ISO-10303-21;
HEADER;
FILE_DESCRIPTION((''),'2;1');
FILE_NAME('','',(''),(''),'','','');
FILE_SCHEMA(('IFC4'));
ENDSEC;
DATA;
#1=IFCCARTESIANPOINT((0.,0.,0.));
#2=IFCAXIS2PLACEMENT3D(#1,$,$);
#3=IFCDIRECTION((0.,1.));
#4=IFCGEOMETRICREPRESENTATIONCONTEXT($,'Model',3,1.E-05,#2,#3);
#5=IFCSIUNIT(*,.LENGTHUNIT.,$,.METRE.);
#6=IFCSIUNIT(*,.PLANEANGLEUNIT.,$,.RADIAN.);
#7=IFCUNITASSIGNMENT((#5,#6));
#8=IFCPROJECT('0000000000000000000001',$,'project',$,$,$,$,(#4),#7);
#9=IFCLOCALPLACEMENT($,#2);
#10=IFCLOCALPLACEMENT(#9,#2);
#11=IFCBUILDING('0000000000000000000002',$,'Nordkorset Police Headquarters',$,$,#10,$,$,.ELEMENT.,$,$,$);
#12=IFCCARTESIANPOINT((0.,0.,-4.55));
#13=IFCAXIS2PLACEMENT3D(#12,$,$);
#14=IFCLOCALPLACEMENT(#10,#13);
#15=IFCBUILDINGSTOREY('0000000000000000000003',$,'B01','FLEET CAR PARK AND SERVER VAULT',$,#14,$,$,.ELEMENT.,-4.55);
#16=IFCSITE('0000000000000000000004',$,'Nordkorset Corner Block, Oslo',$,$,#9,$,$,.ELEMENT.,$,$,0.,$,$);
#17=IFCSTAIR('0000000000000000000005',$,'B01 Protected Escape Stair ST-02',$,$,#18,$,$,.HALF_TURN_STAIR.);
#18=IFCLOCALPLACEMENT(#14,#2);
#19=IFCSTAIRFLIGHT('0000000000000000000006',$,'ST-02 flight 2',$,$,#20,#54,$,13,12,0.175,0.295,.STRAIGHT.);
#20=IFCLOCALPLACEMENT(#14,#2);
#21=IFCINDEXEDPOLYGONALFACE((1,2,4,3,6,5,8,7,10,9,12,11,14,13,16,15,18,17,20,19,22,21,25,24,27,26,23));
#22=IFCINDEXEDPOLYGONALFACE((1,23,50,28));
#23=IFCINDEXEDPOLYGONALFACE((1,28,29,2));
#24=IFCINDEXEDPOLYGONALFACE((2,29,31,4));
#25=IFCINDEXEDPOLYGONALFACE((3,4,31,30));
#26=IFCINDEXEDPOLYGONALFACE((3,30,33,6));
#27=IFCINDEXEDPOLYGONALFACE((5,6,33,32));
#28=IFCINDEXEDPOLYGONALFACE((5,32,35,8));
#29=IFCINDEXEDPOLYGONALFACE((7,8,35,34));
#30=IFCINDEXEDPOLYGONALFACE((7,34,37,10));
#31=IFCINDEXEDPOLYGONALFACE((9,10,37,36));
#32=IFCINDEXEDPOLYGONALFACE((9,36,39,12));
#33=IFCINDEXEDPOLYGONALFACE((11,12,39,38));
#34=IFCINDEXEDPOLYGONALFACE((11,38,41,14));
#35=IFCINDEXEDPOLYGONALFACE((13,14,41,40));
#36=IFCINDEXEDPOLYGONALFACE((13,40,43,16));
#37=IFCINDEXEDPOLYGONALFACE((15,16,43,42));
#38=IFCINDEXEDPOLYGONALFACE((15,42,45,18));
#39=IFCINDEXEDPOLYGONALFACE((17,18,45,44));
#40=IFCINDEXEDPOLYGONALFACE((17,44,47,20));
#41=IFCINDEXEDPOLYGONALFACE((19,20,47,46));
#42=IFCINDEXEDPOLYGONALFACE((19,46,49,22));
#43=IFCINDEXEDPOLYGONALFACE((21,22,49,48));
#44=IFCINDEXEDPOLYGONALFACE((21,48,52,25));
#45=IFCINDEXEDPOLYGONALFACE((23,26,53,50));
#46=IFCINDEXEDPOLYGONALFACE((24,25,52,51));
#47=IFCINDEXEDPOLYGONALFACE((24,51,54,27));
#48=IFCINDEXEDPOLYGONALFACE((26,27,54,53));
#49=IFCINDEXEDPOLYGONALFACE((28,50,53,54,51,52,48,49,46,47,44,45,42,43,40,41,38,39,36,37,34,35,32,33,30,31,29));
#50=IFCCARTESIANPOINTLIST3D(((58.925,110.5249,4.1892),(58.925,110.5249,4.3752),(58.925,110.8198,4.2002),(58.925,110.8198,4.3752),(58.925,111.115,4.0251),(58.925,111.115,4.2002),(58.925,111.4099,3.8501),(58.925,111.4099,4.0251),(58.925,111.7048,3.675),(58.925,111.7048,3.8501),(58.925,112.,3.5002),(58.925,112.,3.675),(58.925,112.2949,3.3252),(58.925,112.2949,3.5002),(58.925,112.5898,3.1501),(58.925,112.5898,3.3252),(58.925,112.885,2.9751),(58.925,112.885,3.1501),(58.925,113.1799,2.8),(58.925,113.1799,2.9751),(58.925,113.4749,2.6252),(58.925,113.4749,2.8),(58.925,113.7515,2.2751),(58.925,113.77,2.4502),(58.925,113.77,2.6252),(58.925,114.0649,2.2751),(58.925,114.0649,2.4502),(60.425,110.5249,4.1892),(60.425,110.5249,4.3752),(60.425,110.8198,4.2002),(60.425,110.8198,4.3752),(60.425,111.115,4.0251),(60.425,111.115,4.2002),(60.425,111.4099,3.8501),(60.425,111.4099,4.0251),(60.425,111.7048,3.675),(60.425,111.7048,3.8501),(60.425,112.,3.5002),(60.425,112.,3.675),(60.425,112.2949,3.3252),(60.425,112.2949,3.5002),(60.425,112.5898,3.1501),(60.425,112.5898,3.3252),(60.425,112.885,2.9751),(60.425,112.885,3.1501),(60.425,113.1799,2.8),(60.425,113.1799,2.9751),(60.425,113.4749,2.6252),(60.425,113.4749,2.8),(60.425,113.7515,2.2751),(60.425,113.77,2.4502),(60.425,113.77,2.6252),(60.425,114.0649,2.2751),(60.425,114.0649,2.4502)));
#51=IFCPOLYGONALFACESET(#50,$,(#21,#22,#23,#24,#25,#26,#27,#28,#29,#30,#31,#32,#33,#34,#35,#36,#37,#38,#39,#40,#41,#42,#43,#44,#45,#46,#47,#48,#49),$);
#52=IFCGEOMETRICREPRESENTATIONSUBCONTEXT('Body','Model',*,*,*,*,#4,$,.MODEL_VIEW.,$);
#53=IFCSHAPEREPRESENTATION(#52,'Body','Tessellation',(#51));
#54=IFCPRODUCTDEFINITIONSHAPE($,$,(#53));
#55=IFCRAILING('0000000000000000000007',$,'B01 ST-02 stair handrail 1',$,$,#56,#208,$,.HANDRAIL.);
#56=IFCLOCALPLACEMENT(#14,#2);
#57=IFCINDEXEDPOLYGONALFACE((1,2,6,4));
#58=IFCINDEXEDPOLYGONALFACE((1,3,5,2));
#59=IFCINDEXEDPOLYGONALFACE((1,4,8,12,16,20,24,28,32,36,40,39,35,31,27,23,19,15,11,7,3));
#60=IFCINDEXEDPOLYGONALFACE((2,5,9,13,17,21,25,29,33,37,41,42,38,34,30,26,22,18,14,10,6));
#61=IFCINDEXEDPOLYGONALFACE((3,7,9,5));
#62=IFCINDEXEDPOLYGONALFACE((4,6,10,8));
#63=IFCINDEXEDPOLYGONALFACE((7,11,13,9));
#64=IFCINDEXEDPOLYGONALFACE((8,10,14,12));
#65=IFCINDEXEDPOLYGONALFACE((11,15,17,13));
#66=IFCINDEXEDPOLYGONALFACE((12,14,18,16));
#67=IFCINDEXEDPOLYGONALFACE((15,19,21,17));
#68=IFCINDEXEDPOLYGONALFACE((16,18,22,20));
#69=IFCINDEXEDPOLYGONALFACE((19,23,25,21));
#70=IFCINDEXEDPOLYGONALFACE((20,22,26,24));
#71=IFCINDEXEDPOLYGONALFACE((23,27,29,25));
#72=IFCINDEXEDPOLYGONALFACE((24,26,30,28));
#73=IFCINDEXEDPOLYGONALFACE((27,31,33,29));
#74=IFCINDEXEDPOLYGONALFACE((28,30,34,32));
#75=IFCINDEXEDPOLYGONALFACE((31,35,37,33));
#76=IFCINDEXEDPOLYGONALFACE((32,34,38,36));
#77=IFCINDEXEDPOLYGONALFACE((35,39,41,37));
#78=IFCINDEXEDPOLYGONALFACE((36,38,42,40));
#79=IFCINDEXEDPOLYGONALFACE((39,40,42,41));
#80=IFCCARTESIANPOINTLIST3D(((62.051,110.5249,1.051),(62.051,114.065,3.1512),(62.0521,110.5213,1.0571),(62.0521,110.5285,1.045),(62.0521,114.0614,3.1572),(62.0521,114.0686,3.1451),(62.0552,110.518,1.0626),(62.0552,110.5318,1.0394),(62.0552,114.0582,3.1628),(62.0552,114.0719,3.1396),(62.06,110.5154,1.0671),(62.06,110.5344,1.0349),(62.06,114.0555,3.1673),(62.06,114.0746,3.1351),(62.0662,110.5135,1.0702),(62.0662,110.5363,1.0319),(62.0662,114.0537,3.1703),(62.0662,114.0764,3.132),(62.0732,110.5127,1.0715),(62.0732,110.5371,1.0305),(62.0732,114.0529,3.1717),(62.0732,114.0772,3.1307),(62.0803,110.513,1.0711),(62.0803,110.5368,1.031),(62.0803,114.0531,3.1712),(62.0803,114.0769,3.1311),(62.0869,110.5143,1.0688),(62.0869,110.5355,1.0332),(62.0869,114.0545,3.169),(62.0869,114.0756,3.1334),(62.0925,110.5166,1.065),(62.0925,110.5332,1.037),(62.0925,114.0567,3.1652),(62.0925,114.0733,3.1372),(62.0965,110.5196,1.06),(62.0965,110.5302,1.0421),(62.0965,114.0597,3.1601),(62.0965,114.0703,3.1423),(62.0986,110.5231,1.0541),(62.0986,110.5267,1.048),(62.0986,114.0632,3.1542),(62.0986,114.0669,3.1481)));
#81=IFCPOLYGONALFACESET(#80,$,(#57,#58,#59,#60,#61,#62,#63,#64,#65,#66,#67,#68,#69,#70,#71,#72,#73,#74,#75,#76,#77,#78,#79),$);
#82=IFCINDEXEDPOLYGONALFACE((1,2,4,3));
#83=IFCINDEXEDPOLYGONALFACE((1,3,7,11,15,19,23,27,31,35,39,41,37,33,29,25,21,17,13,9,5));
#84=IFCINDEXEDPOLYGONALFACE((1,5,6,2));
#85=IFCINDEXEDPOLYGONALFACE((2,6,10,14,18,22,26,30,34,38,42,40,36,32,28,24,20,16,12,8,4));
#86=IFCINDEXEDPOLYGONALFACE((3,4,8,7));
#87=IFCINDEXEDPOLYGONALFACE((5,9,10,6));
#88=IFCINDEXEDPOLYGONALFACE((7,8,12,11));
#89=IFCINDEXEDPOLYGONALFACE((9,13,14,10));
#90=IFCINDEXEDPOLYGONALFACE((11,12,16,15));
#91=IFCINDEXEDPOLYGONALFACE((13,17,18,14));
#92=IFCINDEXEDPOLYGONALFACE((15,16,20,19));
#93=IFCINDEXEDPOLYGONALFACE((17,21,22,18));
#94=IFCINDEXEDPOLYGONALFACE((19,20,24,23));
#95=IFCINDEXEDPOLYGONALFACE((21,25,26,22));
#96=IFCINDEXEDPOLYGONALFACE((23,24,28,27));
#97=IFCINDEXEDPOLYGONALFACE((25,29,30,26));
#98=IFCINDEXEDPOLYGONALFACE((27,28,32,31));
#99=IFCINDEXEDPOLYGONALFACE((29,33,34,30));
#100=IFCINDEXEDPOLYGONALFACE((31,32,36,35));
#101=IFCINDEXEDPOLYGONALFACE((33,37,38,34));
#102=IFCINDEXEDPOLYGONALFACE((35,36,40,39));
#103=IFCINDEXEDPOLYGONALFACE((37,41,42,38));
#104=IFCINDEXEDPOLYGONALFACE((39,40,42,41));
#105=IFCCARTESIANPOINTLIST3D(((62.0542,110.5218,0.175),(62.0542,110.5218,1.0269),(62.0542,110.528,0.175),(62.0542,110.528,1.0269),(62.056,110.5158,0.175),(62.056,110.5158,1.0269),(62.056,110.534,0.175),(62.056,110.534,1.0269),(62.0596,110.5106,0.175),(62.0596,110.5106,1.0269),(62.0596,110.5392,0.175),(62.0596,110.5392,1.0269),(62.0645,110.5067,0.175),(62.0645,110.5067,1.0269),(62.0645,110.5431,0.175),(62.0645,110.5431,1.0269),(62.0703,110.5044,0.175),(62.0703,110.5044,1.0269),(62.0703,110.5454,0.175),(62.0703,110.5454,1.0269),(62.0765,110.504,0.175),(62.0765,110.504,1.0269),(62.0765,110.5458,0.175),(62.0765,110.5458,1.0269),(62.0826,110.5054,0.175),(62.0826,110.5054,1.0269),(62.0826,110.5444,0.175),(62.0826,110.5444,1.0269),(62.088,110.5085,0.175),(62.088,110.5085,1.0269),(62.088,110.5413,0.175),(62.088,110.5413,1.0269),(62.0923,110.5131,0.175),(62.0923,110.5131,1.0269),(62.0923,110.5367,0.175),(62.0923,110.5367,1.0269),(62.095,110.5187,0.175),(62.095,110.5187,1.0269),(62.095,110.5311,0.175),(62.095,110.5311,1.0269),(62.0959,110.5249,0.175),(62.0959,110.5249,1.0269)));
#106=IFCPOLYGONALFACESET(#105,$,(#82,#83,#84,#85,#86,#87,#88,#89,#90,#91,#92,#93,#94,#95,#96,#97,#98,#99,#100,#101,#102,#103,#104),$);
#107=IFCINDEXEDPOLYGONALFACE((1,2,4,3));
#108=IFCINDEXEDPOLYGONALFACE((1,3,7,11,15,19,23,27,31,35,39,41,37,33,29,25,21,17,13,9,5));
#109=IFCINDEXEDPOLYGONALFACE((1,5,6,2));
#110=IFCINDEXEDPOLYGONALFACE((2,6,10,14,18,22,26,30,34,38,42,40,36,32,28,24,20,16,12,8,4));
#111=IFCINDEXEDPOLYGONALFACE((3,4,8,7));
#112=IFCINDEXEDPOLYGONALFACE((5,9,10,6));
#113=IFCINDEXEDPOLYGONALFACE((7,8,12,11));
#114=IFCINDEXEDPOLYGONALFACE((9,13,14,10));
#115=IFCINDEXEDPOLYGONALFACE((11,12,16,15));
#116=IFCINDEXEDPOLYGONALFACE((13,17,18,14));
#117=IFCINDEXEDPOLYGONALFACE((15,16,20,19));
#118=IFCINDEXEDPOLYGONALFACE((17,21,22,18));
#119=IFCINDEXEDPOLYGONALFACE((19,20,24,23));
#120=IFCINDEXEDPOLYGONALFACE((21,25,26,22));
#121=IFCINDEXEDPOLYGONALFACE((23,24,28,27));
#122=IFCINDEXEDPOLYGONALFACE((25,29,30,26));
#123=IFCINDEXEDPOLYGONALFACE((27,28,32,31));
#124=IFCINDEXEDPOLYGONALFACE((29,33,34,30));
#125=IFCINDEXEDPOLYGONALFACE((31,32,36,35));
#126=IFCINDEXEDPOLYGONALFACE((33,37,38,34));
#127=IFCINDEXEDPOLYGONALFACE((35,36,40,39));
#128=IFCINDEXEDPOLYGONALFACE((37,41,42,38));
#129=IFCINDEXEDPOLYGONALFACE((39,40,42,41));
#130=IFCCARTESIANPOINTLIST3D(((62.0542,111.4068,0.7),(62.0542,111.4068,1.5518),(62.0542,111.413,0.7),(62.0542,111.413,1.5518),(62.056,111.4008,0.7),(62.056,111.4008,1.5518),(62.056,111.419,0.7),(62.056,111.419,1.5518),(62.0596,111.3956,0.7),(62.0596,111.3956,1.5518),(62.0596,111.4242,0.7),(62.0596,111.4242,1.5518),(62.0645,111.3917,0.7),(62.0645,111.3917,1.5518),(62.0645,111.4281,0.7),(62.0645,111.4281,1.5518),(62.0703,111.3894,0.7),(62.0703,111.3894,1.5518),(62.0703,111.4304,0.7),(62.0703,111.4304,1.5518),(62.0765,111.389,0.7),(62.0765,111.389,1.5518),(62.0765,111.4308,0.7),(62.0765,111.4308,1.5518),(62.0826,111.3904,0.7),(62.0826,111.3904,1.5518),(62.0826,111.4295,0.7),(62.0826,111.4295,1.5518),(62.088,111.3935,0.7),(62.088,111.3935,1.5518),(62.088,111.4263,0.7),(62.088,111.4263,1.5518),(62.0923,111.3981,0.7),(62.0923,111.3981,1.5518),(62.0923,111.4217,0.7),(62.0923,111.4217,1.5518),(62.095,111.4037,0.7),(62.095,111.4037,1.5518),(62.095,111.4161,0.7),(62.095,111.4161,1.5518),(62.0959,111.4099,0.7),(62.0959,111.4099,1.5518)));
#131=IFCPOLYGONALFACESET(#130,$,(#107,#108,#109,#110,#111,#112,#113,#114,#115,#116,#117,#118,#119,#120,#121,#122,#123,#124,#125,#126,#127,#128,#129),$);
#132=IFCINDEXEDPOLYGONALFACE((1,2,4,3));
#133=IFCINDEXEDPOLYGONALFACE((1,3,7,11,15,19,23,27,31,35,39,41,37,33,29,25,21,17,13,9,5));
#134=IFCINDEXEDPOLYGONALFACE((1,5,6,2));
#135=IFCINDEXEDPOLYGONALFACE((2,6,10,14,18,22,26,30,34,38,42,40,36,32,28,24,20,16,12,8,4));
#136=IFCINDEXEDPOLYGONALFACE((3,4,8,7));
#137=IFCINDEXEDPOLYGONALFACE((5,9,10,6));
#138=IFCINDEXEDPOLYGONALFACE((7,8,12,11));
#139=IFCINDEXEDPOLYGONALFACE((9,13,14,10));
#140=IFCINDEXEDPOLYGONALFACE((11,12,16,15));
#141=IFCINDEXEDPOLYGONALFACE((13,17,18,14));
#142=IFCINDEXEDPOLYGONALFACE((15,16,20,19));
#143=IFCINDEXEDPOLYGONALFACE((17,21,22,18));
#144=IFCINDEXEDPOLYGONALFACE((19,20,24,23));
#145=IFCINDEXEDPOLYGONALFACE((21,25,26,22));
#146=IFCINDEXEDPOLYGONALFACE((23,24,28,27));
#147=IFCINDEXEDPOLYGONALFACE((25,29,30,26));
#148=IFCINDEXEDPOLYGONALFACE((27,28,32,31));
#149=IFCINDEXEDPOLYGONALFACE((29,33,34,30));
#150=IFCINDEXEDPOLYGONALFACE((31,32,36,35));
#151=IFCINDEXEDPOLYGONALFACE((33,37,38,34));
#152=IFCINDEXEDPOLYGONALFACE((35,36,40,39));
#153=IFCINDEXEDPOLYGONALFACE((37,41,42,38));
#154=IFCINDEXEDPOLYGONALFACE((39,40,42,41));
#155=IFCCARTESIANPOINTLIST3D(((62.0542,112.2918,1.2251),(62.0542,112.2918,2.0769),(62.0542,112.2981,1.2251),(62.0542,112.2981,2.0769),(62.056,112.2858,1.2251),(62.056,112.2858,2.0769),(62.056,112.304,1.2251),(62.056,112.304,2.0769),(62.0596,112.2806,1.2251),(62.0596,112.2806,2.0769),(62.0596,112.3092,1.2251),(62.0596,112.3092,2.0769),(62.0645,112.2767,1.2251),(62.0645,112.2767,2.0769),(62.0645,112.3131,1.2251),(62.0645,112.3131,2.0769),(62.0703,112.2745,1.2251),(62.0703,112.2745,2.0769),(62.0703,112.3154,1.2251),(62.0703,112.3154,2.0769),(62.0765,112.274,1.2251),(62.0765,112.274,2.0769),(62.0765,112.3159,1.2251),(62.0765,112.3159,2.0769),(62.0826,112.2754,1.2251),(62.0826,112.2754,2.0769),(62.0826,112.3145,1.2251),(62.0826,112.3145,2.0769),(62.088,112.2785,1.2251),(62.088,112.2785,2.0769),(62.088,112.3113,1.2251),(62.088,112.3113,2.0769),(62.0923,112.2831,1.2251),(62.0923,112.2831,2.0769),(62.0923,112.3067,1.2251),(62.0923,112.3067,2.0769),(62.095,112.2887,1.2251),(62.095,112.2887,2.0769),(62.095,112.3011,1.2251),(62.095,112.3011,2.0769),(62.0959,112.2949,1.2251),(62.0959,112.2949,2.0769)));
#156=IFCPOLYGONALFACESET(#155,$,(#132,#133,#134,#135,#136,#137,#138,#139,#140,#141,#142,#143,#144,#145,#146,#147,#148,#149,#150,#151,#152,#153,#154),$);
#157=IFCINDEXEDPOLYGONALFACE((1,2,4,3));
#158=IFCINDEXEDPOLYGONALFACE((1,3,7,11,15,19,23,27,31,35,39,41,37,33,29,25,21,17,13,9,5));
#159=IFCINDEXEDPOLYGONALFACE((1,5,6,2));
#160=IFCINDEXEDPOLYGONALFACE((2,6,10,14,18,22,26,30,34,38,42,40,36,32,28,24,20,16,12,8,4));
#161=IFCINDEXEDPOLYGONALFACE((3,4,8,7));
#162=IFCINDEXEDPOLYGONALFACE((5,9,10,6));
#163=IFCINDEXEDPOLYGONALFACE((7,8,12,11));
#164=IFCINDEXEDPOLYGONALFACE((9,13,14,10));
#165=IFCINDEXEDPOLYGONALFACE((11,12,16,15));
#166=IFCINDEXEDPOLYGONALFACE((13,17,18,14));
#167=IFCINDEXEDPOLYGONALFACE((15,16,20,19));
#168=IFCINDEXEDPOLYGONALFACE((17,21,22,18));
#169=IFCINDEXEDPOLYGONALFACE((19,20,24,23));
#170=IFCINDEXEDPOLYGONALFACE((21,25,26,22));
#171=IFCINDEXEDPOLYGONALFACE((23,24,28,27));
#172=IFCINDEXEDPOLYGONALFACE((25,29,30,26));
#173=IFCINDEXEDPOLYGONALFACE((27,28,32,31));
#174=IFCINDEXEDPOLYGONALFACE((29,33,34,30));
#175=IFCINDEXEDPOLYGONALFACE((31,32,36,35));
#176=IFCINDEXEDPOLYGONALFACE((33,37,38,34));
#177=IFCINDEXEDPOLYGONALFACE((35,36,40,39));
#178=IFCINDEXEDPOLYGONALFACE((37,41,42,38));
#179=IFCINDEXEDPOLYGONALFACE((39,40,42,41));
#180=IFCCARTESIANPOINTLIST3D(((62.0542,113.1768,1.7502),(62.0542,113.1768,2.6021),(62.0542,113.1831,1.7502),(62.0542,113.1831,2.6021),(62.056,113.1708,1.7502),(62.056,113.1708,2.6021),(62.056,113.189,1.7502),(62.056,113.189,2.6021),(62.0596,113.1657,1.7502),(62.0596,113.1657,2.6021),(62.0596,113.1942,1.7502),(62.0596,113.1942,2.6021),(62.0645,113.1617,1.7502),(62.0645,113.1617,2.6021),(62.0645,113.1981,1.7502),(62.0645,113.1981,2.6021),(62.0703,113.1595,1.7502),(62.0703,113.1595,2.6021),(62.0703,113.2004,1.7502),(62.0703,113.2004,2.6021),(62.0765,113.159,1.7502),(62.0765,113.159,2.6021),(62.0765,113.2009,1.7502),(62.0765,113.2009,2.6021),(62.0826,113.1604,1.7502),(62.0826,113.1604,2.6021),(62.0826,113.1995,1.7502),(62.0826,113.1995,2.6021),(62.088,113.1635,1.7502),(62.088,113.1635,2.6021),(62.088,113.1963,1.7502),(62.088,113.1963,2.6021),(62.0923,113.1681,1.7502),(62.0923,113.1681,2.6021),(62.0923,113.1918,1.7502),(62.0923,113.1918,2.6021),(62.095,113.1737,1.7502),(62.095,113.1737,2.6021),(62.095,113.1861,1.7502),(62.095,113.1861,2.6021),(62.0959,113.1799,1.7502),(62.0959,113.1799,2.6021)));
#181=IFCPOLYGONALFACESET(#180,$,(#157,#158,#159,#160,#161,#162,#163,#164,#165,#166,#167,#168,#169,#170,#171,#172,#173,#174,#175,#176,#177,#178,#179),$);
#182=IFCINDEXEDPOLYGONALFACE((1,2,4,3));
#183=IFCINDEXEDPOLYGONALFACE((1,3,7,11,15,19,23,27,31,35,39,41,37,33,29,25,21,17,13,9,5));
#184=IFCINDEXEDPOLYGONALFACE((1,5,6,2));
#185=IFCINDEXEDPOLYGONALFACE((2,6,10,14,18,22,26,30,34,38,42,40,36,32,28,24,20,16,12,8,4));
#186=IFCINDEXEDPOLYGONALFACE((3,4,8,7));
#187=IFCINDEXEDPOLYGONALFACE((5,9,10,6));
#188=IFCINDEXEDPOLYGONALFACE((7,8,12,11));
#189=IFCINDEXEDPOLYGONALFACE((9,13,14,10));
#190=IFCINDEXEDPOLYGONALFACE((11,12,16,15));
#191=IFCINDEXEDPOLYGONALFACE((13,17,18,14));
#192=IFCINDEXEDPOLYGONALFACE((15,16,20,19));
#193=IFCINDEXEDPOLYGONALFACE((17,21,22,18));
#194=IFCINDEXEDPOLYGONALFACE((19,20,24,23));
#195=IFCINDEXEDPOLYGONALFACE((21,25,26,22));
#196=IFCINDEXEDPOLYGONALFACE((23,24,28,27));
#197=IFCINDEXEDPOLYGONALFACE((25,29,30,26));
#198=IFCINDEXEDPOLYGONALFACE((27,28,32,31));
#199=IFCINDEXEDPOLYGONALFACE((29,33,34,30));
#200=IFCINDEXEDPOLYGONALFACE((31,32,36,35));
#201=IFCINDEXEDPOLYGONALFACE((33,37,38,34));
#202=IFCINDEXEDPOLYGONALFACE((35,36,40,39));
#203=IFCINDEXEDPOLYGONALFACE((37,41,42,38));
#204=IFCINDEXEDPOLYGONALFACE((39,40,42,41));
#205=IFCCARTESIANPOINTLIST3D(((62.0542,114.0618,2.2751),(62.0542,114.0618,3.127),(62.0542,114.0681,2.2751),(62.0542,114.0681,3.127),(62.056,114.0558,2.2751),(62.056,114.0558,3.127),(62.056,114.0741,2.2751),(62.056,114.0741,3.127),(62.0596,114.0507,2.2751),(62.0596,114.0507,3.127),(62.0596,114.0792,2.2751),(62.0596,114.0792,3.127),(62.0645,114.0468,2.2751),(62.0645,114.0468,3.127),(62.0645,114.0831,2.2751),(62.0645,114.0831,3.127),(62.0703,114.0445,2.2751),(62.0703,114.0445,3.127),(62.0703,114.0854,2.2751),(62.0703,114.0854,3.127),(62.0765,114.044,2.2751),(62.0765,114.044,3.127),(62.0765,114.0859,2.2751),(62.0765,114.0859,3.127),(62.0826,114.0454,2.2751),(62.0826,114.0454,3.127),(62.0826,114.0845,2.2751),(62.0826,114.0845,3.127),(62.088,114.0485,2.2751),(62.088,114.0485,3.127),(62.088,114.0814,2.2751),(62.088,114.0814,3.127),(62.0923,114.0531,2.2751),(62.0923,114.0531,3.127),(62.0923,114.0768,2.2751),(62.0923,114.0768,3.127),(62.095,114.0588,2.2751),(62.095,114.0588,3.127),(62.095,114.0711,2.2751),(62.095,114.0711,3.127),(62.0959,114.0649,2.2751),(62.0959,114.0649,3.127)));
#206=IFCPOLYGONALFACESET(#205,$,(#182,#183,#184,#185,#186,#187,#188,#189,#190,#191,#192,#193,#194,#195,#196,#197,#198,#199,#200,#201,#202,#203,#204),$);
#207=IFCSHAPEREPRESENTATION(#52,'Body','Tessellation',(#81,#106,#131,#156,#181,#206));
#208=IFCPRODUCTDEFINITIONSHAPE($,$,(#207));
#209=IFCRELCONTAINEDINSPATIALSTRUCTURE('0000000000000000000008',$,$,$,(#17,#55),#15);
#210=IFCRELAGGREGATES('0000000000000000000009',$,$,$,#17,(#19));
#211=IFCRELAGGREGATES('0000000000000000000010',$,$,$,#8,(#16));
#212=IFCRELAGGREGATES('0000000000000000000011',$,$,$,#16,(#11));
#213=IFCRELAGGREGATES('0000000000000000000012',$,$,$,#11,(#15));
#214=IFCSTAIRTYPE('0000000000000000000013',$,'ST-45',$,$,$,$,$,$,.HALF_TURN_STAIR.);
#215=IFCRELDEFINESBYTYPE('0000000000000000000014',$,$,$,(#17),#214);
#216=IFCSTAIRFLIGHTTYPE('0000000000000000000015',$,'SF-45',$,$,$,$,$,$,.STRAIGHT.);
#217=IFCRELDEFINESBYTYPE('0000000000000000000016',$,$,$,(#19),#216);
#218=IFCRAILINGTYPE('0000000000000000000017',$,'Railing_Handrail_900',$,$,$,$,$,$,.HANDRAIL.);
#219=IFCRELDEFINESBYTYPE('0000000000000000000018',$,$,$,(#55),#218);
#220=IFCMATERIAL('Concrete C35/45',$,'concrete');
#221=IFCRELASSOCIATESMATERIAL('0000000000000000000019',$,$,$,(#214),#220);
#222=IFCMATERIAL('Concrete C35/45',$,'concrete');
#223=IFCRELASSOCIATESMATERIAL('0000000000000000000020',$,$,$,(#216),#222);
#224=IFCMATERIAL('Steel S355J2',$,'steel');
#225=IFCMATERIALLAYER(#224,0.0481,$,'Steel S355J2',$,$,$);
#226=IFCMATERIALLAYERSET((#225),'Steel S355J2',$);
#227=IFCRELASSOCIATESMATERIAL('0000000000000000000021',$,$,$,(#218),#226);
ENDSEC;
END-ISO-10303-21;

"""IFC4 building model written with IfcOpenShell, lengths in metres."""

from ifc_helpers import new_model, si_unit, direction, frame, origin, origin_2d, place, context, subcontext, project, spatial, polyline, circle, outline, extrude, material, layer, layer_set, type_object, element, aggregate, save


model = new_model("IFC4")

# Units and contexts
model_context = context("Model", 3, precision=1e-05, world=origin(), true_north=direction((0.0, 1.0)))
body_context = subcontext(model_context, "Body", "Model", "MODEL_VIEW")
ifc_project = project(units=[si_unit("LENGTHUNIT", "METRE"), si_unit("PLANEANGLEUNIT", "RADIAN")], contexts=[model_context])

# Site, building, storey
site_placement = place(None, origin())
site = spatial("IfcSite", under=ifc_project, at=site_placement, Name="Nordkorset Corner Block, Oslo", CompositionType="ELEMENT", RefElevation=0.0)
building_placement = place(site_placement, origin())
building = spatial("IfcBuilding", under=site, at=building_placement, Name="Nordkorset Police Headquarters", CompositionType="ELEMENT")
storey_placement = place(building_placement, frame((0.0, 0.0, -4.55)))
storey = spatial("IfcBuildingStorey", under=building, at=storey_placement, Name="B01", Description="FLEET CAR PARK AND SERVER VAULT", CompositionType="ELEMENT", Elevation=-4.55)

# Stair, stair flight
ifc_material_1 = material(Name="Concrete C35/45", Category="concrete")
stair_type = type_object("IfcStairType", Name="ST-45", PredefinedType="HALF_TURN_STAIR", material=ifc_material_1)
stair_placement = place(storey_placement, origin())
stair = element("IfcStair", 1, at=stair_placement, inside=storey, type_object=stair_type, Name="B01 Protected Escape Stair ST-02", PredefinedType="HALF_TURN_STAIR")
ifc_material_2 = material(Name="Concrete C35/45", Category="concrete")
stair_flight_type = type_object("IfcStairFlightType", Name="SF-45", PredefinedType="STRAIGHT", material=ifc_material_2)
stair_flight_1_placement = place(storey_placement, frame((59.675, 114.0649, 2.2751), z_axis=(0.0, 0.0, 1.0), x_axis=(0.0, -1.0, 0.0)))
stair_flight_1 = element("IfcStairFlight", 2, at=stair_flight_1_placement, type_object=stair_flight_type, Name="ST-02 flight 2", NumberOfRisers=13, NumberOfTreads=12, PredefinedType="STRAIGHT", RiserHeight=0.175, TreadLength=0.295, context=body_context, shape_type="SweptSolid", body=[
    extrude(outline(polyline([(0.0, 0.0), (0.0, 0.175), (0.2949, 0.175), (0.2949, 0.3501), (0.5901, 0.3501), (0.5901, 0.5249), (0.885, 0.5249), (0.885, 0.7), (1.1799, 0.7), (1.1799, 0.875), (1.4751, 0.875), (1.4751, 1.05), (1.77, 1.05), (1.77, 1.2251), (2.0649, 1.2251), (2.0649, 1.3999), (2.3601, 1.3999), (2.3601, 1.575), (2.655, 1.575), (2.655, 1.75), (2.95, 1.75), (2.95, 1.925), (3.2451, 1.925), (3.2451, 2.1001), (3.54, 2.1001), (3.54, 2.2749), (3.54, 1.9141), (0.3135, 0.0), (0.0, 0.0)])), frame((0.0, 0.75, 0.0), z_axis=(0.0, -1.0, 0.0), x_axis=(1.0, 0.0, 0.0)), (0.0, 0.0, 1.0), 1.5),
])
aggregate(stair, [stair_flight_1])

# Railing
ifc_material_3 = material(Name="Steel S355J2", Category="steel")
ifc_layer_1 = layer(ifc_material_3, 0.0481, Name="Steel S355J2")
ifc_layer_set_1 = layer_set([ifc_layer_1], Name="Steel S355J2")
railing_type_1 = type_object("IfcRailingType", Name="Railing_Handrail_900", PredefinedType="HANDRAIL", material=ifc_layer_set_1)
railing_1_placement = place(storey_placement, frame((62.075, 110.5249, 0.175)))
element("IfcRailing", 3, at=railing_1_placement, inside=storey, type_object=railing_type_1, Name="B01 ST-02 stair handrail 1", PredefinedType="HANDRAIL", context=body_context, shape_type="SweptSolid", body=[
    extrude(circle(Radius=0.0239, at=origin_2d()), frame((0.0, 0.0, 0.876), z_axis=(0.0, 0.860047, 0.510215), x_axis=(-1.0, 0.0, 0.0)), (0.0, 0.0, 1.0), 4.1162),
    extrude(circle(Radius=0.021, at=origin_2d()), origin(), (0.0, 0.0, 1.0), 0.8518),
    extrude(circle(Radius=0.021, at=origin_2d()), frame((0.0, 0.885, 0.5249)), (0.0, 0.0, 1.0), 0.8518),
    extrude(circle(Radius=0.021, at=origin_2d()), frame((0.0, 1.77, 1.05)), (0.0, 0.0, 1.0), 0.8518),
    extrude(circle(Radius=0.021, at=origin_2d()), frame((0.0, 2.655, 1.5752)), (0.0, 0.0, 1.0), 0.8518),
    extrude(circle(Radius=0.021, at=origin_2d()), frame((0.0, 3.54, 2.1001)), (0.0, 0.0, 1.0), 0.8518),
])

save(model, "model.ifc")
